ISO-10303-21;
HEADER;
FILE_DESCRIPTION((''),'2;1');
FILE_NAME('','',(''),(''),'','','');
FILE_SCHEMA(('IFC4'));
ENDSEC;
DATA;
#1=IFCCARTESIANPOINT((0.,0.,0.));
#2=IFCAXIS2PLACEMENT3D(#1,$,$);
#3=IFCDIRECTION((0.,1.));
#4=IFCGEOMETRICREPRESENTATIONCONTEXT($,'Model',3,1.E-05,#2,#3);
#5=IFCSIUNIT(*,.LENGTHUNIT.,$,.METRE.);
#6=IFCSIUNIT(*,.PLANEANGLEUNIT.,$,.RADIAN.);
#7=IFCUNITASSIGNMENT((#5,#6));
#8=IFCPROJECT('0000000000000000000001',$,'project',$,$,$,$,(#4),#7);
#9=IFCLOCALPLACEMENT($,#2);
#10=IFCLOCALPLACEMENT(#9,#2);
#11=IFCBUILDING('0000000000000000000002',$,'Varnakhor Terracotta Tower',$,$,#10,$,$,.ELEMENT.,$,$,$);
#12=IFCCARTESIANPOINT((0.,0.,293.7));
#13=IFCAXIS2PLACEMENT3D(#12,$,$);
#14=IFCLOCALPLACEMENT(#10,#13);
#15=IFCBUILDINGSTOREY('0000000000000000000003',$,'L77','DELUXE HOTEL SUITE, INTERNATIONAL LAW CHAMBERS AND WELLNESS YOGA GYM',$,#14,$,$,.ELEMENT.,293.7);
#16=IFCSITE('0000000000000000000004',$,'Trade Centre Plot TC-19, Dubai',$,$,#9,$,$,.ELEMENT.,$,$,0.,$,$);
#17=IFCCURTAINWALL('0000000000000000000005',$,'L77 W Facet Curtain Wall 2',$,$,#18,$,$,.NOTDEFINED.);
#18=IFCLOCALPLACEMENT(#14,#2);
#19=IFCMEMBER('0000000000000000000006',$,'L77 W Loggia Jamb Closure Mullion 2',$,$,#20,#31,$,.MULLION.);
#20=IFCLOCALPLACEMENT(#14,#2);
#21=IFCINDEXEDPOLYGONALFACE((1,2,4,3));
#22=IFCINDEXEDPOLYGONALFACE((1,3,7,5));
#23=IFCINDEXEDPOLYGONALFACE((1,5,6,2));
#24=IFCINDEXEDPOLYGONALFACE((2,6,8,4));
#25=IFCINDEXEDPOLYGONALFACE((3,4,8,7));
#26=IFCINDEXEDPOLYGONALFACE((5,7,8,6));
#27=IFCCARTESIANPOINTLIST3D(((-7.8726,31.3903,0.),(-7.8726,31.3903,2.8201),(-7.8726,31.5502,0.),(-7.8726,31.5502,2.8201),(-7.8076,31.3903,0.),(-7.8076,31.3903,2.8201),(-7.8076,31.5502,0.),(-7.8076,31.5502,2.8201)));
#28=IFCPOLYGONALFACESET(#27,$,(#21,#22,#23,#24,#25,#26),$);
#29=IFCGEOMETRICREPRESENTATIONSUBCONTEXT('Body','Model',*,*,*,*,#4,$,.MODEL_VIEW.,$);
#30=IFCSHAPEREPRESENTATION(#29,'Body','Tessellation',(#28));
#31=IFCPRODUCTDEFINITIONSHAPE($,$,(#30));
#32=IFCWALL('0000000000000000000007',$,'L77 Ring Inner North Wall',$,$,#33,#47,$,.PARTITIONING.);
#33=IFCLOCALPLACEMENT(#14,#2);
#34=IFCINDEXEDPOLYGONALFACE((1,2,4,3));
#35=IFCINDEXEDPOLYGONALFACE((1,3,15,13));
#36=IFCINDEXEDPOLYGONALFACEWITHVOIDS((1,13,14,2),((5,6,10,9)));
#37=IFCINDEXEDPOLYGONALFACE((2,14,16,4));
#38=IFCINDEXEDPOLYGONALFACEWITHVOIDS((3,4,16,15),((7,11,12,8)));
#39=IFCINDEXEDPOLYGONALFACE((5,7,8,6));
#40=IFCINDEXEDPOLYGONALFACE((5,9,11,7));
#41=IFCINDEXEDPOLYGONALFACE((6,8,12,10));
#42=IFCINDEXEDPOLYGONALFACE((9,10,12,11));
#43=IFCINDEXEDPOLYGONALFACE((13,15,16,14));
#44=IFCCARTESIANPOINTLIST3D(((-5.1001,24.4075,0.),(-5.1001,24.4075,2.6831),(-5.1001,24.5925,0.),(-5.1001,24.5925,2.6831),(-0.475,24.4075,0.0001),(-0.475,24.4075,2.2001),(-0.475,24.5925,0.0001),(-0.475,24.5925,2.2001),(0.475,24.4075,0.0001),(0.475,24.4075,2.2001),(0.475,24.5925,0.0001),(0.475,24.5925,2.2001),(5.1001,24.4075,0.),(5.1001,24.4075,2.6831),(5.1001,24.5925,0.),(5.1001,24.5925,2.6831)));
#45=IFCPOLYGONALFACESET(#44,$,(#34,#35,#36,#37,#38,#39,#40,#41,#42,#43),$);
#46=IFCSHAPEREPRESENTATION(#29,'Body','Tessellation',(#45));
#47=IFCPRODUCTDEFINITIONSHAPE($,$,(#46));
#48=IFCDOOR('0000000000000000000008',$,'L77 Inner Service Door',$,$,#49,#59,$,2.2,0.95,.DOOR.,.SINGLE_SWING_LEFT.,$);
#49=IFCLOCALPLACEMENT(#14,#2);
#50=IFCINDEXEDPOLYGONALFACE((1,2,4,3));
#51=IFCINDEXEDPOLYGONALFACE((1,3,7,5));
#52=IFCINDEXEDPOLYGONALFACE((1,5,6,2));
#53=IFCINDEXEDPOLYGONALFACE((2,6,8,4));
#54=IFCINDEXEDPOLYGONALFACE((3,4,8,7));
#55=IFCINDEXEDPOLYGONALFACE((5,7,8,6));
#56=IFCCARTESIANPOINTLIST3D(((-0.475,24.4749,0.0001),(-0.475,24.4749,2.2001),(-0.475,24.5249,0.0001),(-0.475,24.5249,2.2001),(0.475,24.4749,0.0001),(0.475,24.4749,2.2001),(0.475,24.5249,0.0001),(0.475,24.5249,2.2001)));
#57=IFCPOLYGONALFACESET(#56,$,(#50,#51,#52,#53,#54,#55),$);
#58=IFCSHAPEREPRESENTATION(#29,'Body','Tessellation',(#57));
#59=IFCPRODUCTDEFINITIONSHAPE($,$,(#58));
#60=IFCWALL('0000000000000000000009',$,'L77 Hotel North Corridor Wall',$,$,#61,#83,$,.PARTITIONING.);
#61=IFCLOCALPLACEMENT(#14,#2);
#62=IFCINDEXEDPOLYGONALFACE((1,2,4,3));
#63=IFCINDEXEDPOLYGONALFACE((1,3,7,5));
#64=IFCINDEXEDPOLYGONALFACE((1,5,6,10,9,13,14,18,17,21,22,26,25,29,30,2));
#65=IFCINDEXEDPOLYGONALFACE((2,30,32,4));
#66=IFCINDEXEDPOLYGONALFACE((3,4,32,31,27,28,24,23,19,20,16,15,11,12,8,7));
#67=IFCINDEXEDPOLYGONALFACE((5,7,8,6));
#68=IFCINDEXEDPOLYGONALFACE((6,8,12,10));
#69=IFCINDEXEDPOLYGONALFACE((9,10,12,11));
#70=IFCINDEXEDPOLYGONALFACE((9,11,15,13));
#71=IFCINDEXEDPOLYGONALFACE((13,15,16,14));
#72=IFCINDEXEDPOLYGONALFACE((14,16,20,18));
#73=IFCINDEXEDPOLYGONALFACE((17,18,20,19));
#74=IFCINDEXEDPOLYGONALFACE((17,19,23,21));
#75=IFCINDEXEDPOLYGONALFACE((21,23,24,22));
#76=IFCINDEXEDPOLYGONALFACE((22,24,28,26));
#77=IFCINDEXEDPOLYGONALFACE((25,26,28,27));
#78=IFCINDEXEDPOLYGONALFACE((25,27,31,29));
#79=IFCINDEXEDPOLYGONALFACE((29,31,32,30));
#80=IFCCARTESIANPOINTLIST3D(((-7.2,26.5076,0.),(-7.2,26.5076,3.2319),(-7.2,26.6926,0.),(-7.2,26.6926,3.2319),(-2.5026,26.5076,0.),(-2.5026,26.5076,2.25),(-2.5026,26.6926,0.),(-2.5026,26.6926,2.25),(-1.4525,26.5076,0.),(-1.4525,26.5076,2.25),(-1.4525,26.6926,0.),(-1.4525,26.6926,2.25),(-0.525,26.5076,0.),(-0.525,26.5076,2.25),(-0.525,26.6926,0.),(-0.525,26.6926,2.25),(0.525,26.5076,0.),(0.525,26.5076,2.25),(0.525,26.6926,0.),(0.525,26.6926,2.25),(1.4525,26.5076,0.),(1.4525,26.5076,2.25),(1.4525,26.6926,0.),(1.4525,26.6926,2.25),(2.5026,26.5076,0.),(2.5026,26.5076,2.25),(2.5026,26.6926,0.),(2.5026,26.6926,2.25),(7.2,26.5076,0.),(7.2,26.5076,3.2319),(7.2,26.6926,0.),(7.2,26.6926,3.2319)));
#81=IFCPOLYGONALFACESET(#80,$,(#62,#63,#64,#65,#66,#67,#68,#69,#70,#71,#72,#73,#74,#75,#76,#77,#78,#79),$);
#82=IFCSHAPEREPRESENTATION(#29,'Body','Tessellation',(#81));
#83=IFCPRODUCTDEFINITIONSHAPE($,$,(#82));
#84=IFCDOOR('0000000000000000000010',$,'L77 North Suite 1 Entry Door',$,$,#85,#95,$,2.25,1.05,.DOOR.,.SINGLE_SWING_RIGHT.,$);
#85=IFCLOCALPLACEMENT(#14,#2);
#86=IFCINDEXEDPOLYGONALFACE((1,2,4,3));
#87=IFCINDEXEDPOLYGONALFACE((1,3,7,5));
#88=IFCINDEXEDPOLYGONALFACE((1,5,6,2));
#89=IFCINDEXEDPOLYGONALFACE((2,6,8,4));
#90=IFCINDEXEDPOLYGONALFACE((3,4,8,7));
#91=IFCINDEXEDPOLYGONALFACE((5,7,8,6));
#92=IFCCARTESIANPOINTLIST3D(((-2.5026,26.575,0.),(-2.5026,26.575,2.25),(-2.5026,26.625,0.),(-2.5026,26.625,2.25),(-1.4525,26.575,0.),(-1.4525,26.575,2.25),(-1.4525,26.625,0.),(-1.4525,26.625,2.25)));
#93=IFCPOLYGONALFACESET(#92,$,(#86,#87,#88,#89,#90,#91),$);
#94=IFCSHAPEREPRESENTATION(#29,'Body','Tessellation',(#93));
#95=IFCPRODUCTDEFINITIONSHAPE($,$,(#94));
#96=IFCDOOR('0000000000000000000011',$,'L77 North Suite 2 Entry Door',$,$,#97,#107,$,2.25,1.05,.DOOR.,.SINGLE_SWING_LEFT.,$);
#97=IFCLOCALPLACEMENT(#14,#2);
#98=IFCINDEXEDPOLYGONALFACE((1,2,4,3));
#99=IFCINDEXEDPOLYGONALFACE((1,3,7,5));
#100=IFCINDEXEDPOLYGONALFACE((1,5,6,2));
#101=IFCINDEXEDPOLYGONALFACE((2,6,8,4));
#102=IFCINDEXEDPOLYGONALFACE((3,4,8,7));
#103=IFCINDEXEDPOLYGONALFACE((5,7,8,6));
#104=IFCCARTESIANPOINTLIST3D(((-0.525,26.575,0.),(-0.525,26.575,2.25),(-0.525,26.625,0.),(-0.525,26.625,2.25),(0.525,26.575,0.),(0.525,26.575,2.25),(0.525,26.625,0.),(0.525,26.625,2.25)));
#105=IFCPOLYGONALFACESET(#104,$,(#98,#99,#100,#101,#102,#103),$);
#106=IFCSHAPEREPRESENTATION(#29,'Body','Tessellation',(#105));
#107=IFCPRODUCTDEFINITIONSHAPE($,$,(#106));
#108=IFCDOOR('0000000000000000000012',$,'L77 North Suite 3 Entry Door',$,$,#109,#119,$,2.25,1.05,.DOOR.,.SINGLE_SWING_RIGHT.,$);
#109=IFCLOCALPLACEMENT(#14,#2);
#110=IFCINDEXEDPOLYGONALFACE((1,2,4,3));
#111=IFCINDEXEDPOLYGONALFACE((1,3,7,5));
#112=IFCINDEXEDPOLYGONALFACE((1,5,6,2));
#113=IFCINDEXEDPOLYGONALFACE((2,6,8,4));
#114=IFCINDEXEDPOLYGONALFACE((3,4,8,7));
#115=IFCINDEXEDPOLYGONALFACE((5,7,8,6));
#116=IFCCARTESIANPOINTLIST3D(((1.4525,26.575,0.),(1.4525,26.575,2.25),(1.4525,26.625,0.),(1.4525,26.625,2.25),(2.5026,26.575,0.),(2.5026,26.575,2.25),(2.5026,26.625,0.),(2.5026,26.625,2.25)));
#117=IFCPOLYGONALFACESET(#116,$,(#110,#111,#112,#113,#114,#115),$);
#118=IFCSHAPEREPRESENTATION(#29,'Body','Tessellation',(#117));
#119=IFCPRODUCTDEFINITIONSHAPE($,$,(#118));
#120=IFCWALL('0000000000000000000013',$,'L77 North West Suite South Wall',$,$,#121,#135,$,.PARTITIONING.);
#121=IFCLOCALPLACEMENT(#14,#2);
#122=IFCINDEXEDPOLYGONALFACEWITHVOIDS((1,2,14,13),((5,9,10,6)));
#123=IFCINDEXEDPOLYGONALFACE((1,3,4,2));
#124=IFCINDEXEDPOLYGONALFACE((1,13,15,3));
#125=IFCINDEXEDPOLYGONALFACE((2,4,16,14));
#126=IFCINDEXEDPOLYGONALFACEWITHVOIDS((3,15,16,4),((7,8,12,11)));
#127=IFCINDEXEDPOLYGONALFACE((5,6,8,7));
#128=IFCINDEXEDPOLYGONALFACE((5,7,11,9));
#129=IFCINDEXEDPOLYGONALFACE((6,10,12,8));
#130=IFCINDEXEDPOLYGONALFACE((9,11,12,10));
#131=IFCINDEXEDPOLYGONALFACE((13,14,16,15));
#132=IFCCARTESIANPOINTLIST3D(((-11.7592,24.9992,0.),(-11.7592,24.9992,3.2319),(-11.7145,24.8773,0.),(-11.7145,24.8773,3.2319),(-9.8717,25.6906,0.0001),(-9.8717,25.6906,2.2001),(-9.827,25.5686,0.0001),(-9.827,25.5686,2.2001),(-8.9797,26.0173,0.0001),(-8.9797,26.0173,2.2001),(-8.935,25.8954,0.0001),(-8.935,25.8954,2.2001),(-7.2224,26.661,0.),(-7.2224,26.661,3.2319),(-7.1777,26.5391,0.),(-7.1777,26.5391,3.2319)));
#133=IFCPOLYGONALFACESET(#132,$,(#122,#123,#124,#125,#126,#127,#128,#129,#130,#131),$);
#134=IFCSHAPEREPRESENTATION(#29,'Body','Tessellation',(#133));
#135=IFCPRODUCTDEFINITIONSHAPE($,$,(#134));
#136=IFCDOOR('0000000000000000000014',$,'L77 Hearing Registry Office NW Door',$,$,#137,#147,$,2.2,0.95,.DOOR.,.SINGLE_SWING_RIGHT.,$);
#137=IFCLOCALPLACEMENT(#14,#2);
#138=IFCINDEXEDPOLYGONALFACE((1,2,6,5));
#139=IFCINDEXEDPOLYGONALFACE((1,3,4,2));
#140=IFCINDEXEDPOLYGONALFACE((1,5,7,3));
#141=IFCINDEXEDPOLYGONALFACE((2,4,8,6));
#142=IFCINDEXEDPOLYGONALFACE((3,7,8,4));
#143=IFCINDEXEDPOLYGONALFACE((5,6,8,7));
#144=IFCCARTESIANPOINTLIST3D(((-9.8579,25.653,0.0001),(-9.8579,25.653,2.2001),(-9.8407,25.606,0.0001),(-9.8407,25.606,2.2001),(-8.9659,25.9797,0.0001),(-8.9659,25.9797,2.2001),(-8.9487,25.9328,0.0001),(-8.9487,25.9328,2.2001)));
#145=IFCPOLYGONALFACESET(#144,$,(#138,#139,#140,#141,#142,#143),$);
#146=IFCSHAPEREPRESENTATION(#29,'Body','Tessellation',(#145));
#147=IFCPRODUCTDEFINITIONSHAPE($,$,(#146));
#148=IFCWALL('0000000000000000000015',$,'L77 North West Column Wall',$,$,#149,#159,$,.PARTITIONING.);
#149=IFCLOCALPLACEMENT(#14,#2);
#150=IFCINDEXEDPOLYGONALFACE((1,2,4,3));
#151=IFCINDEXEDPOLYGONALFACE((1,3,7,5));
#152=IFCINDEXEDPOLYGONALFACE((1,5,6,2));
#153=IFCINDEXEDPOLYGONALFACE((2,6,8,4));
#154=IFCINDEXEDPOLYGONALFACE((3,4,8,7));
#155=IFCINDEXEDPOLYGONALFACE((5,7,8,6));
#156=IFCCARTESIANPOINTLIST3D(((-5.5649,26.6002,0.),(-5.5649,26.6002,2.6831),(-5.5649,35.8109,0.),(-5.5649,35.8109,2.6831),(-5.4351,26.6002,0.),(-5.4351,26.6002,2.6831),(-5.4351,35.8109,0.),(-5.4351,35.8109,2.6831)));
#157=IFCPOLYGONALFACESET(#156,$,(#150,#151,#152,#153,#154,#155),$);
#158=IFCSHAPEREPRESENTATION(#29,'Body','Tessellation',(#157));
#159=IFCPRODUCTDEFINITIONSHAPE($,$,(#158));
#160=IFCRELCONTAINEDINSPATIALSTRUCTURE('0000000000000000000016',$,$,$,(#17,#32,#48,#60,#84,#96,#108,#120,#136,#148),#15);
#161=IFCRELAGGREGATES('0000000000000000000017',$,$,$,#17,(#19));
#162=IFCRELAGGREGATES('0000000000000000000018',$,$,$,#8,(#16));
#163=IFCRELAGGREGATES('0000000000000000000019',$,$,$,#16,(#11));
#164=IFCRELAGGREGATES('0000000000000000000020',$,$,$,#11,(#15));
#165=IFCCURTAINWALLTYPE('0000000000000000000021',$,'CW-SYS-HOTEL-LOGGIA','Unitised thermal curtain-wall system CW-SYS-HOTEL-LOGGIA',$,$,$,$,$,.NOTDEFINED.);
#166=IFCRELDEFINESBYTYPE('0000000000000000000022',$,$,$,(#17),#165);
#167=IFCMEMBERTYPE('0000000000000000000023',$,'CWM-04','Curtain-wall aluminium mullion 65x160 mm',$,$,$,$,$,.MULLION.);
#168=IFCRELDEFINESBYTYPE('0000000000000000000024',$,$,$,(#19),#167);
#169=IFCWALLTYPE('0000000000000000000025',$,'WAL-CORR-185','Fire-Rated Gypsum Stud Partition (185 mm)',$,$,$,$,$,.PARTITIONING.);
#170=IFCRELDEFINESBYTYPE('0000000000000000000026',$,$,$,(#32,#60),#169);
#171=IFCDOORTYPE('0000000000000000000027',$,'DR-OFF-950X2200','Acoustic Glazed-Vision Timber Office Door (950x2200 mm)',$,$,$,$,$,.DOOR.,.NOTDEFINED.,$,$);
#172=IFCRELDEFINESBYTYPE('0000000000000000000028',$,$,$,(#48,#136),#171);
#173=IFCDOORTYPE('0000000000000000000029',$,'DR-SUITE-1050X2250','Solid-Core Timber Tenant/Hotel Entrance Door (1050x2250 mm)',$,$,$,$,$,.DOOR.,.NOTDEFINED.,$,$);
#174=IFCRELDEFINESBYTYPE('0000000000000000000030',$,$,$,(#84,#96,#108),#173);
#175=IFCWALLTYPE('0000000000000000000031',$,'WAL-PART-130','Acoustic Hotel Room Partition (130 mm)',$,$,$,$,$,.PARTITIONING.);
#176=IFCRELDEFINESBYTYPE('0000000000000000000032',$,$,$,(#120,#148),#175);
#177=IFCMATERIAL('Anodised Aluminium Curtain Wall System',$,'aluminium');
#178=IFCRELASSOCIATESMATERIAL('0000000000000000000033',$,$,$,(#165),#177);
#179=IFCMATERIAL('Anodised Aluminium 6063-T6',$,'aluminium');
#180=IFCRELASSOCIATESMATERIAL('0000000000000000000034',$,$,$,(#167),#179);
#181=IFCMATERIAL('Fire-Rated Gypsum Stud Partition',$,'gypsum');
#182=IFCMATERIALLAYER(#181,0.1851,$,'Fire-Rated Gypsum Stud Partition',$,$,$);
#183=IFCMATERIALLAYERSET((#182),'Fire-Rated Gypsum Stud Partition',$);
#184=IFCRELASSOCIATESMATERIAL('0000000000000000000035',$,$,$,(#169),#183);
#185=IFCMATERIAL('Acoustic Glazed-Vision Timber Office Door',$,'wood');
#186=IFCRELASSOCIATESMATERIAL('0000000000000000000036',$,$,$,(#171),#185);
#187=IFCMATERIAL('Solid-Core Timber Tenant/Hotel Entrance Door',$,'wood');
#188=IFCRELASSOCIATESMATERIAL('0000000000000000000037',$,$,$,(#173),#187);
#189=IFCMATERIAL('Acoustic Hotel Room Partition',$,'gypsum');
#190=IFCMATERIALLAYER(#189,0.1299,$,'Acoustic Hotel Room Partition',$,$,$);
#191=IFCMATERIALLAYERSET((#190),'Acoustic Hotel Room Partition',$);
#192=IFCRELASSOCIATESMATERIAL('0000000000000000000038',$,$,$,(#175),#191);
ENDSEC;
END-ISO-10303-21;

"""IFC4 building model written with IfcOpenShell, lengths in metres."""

from ifc_helpers import new_model, si_unit, direction, frame, frame_2d, origin, origin_2d, place, context, subcontext, project, spatial, rectangle, extrude, source, transform, mapped, material, layer, layer_set, material_profile, profile_set, type_object, type_shapes, element, fill, aggregate, save


model = new_model("IFC4")

# Units and contexts
model_context = context("Model", 3, precision=1e-05, world=origin(), true_north=direction((0.0, 1.0)))
body_context = subcontext(model_context, "Body", "Model", "MODEL_VIEW")
ifc_project = project(units=[si_unit("LENGTHUNIT", "METRE"), si_unit("PLANEANGLEUNIT", "RADIAN")], contexts=[model_context])

# Site, building, storey
site_placement = place(None, origin())
site = spatial("IfcSite", under=ifc_project, at=site_placement, Name="Trade Centre Plot TC-19, Dubai", CompositionType="ELEMENT", RefElevation=0.0)
building_placement = place(site_placement, origin())
building = spatial("IfcBuilding", under=site, at=building_placement, Name="Varnakhor Terracotta Tower", CompositionType="ELEMENT")
storey_placement = place(building_placement, frame((0.0, 0.0, 293.7)))
storey = spatial("IfcBuildingStorey", under=building, at=storey_placement, Name="L77", Description="DELUXE HOTEL SUITE, INTERNATIONAL LAW CHAMBERS AND WELLNESS YOGA GYM", CompositionType="ELEMENT", Elevation=293.7)

# Curtain wall, member
ifc_material_1 = material(Name="Anodised Aluminium Curtain Wall System", Category="aluminium")
curtain_wall_type = type_object("IfcCurtainWallType", Name="CW-SYS-HOTEL-LOGGIA", Description="Unitised thermal curtain-wall system CW-SYS-HOTEL-LOGGIA", PredefinedType="NOTDEFINED", material=ifc_material_1)
curtain_wall_placement = place(storey_placement, origin())
curtain_wall = element("IfcCurtainWall", 1, at=curtain_wall_placement, inside=storey, type_object=curtain_wall_type, Name="L77 W Facet Curtain Wall 2", PredefinedType="NOTDEFINED")
ifc_material_2 = material(Name="Anodised Aluminium 6063-T6", Category="aluminium")
ifc_material_profile_1 = material_profile(ifc_material_2, rectangle(XDim=0.0649, YDim=0.1599, at=origin_2d()), Name="ALU MULLION 65x160")
ifc_profile_set_1 = profile_set([ifc_material_profile_1], Name="Anodised Aluminium 6063-T6")
member_type = type_object("IfcMemberType", Name="CWM-04", Description="Curtain-wall aluminium mullion 65x160 mm", PredefinedType="MULLION", material=ifc_profile_set_1)
shared_shape_1 = source(origin(), body_context, "Body", "SweptSolid", [
    extrude(rectangle(XDim=0.0649, YDim=0.1599, at=origin_2d()), origin(), (0.0, 0.0, 1.0), 2.8201),
])
type_shapes(member_type, [shared_shape_1])
member_placement = place(storey_placement, frame((-7.8401, 31.4702, 0.0), z_axis=(0.0, 0.0, 1.0), x_axis=(1.0, 0.0, 0.0)))
member = element("IfcMember", 2, at=member_placement, type_object=member_type, Name="L77 W Loggia Jamb Closure Mullion 2", PredefinedType="MULLION", context=body_context, shape_type="MappedRepresentation", body=[
    mapped(shared_shape_1, transform((0.0, 0.0, 0.0), scale=1.0)),
])
aggregate(curtain_wall, [member])

# Wall, opening, door
ifc_material_3 = material(Name="Fire-Rated Gypsum Stud Partition", Category="gypsum")
ifc_layer_1 = layer(ifc_material_3, 0.1851, Name="Fire-Rated Gypsum Stud Partition")
ifc_layer_set_1 = layer_set([ifc_layer_1], Name="Fire-Rated Gypsum Stud Partition")
wall_type_1 = type_object("IfcWallType", Name="WAL-CORR-185", Description="Fire-Rated Gypsum Stud Partition (185 mm)", PredefinedType="PARTITIONING", material=ifc_layer_set_1)
wall_1_placement = place(storey_placement, frame((-5.1001, 24.5, 0.0), z_axis=(0.0, 0.0, 1.0), x_axis=(1.0, 0.0, 0.0)))
wall_1 = element("IfcWall", 3, at=wall_1_placement, inside=storey, type_object=wall_type_1, Name="L77 Ring Inner North Wall", PredefinedType="PARTITIONING", context=body_context, shape_type="SweptSolid", body=[
    extrude(rectangle(XDim=10.2002, YDim=0.1851, at=frame_2d((5.1001, 0.0))), origin(), (0.0, 0.0, 1.0), 2.6831),
])
opening_1_placement = place(wall_1_placement, frame((4.625, 0.0, 0.0)))
opening_1 = element("IfcOpeningElement", 4, at=opening_1_placement, cuts=wall_1, PredefinedType="OPENING", context=body_context, shape_type="SweptSolid", body=[
    extrude(rectangle(XDim=0.95, YDim=2.2, at=frame_2d((0.4751, 1.1001))), frame((0.0, 0.1025, 0.0), z_axis=(0.0, -1.0, 0.0), x_axis=(1.0, 0.0, 0.0)), (0.0, 0.0, 1.0), 0.2051),
])
ifc_material_4 = material(Name="Acoustic Glazed-Vision Timber Office Door", Category="wood")
door_type_1 = type_object("IfcDoorType", Name="DR-OFF-950X2200", Description="Acoustic Glazed-Vision Timber Office Door (950x2200 mm)", OperationType="NOTDEFINED", PredefinedType="DOOR", material=ifc_material_4)
shared_shape_2 = source(origin(), body_context, "Body", "SweptSolid", [
    extrude(rectangle(XDim=0.95, YDim=2.2, at=frame_2d((0.4751, 1.1001))), frame((0.0, 0.0249, 0.0), z_axis=(0.0, -1.0, 0.0), x_axis=(1.0, 0.0, 0.0)), (0.0, 0.0, 1.0), 0.05),
])
type_shapes(door_type_1, [shared_shape_2])
door_1_placement = place(opening_1_placement, origin())
door_1 = element("IfcDoor", 5, at=door_1_placement, inside=storey, type_object=door_type_1, Name="L77 Inner Service Door", OperationType="SINGLE_SWING_LEFT", OverallHeight=2.2, OverallWidth=0.95, PredefinedType="DOOR", context=body_context, shape_type="MappedRepresentation", body=[
    mapped(shared_shape_2, transform((0.0, 0.0, 0.0), scale=1.0)),
])
fill(opening_1, door_1)

# Wall, openings, doors
wall_2_placement = place(storey_placement, frame((-7.2, 26.6001, 0.0), z_axis=(0.0, 0.0, 1.0), x_axis=(1.0, 0.0, 0.0)))
wall_2 = element("IfcWall", 6, at=wall_2_placement, inside=storey, type_object=wall_type_1, Name="L77 Hotel North Corridor Wall", PredefinedType="PARTITIONING", context=body_context, shape_type="SweptSolid", body=[
    extrude(rectangle(XDim=14.3999, YDim=0.1851, at=frame_2d((7.2, 0.0))), origin(), (0.0, 0.0, 1.0), 3.2319),
])
opening_2_placement = place(wall_2_placement, frame((4.6975, 0.0, 0.0)))
opening_2 = element("IfcOpeningElement", 7, at=opening_2_placement, cuts=wall_2, PredefinedType="OPENING", context=body_context, shape_type="SweptSolid", body=[
    extrude(rectangle(XDim=1.05, YDim=2.25, at=frame_2d((0.5249, 1.125))), frame((0.0, 0.1025, 0.0), z_axis=(0.0, -1.0, 0.0), x_axis=(1.0, 0.0, 0.0)), (0.0, 0.0, 1.0), 0.2051),
])
opening_3_placement = place(wall_2_placement, frame((6.675, 0.0, 0.0)))
opening_3 = element("IfcOpeningElement", 8, at=opening_3_placement, cuts=wall_2, PredefinedType="OPENING", context=body_context, shape_type="SweptSolid", body=[
    extrude(rectangle(XDim=1.05, YDim=2.25, at=frame_2d((0.5249, 1.125))), frame((0.0, 0.1025, 0.0), z_axis=(0.0, -1.0, 0.0), x_axis=(1.0, 0.0, 0.0)), (0.0, 0.0, 1.0), 0.2051),
])
opening_4_placement = place(wall_2_placement, frame((8.6526, 0.0, 0.0)))
opening_4 = element("IfcOpeningElement", 9, at=opening_4_placement, cuts=wall_2, PredefinedType="OPENING", context=body_context, shape_type="SweptSolid", body=[
    extrude(rectangle(XDim=1.05, YDim=2.25, at=frame_2d((0.5249, 1.125))), frame((0.0, 0.1025, 0.0), z_axis=(0.0, -1.0, 0.0), x_axis=(1.0, 0.0, 0.0)), (0.0, 0.0, 1.0), 0.2051),
])
ifc_material_5 = material(Name="Solid-Core Timber Tenant/Hotel Entrance Door", Category="wood")
door_type_2 = type_object("IfcDoorType", Name="DR-SUITE-1050X2250", Description="Solid-Core Timber Tenant/Hotel Entrance Door (1050x2250 mm)", OperationType="NOTDEFINED", PredefinedType="DOOR", material=ifc_material_5)
shared_shape_3 = source(origin(), body_context, "Body", "SweptSolid", [
    extrude(rectangle(XDim=1.05, YDim=2.25, at=frame_2d((0.5249, 1.125))), frame((0.0, 0.0249, 0.0), z_axis=(0.0, -1.0, 0.0), x_axis=(1.0, 0.0, 0.0)), (0.0, 0.0, 1.0), 0.05),
])
type_shapes(door_type_2, [shared_shape_3])
door_2_placement = place(opening_2_placement, origin())
door_2 = element("IfcDoor", 10, at=door_2_placement, inside=storey, type_object=door_type_2, Name="L77 North Suite 1 Entry Door", OperationType="SINGLE_SWING_RIGHT", OverallHeight=2.25, OverallWidth=1.05, PredefinedType="DOOR", context=body_context, shape_type="MappedRepresentation", body=[
    mapped(shared_shape_3, transform((0.0, 0.0, 0.0), scale=1.0)),
])
fill(opening_2, door_2)
door_3_placement = place(opening_3_placement, origin())
door_3 = element("IfcDoor", 11, at=door_3_placement, inside=storey, type_object=door_type_2, Name="L77 North Suite 2 Entry Door", OperationType="SINGLE_SWING_LEFT", OverallHeight=2.25, OverallWidth=1.05, PredefinedType="DOOR", context=body_context, shape_type="MappedRepresentation", body=[
    mapped(shared_shape_3, transform((0.0, 0.0, 0.0), scale=1.0)),
])
fill(opening_3, door_3)
door_4_placement = place(opening_4_placement, origin())
door_4 = element("IfcDoor", 12, at=door_4_placement, inside=storey, type_object=door_type_2, Name="L77 North Suite 3 Entry Door", OperationType="SINGLE_SWING_RIGHT", OverallHeight=2.25, OverallWidth=1.05, PredefinedType="DOOR", context=body_context, shape_type="MappedRepresentation", body=[
    mapped(shared_shape_3, transform((0.0, 0.0, 0.0), scale=1.0)),
])
fill(opening_4, door_4)

# Wall, opening, door
ifc_material_6 = material(Name="Acoustic Hotel Room Partition", Category="gypsum")
ifc_layer_2 = layer(ifc_material_6, 0.1299, Name="Acoustic Hotel Room Partition")
ifc_layer_set_2 = layer_set([ifc_layer_2], Name="Acoustic Hotel Room Partition")
wall_type_2 = type_object("IfcWallType", Name="WAL-PART-130", Description="Acoustic Hotel Room Partition (130 mm)", PredefinedType="PARTITIONING", material=ifc_layer_set_2)
wall_3_placement = place(storey_placement, frame((-11.7368, 24.9382, 0.0), z_axis=(0.0, 0.0, 1.0), x_axis=(0.938987, 0.343953, 0.0)))
wall_3 = element("IfcWall", 13, at=wall_3_placement, inside=storey, type_object=wall_type_2, Name="L77 North West Suite South Wall", PredefinedType="PARTITIONING", context=body_context, shape_type="SweptSolid", body=[
    extrude(rectangle(XDim=4.8315, YDim=0.1299, at=frame_2d((2.4158, 0.0))), origin(), (0.0, 0.0, 1.0), 3.2319),
])
opening_5_placement = place(wall_3_placement, frame((2.01, 0.0, 0.0)))
opening_5 = element("IfcOpeningElement", 14, at=opening_5_placement, cuts=wall_3, PredefinedType="OPENING", context=body_context, shape_type="SweptSolid", body=[
    extrude(rectangle(XDim=0.95, YDim=2.2, at=frame_2d((0.4751, 1.1001))), frame((0.0, 0.075, 0.0), z_axis=(0.0, -1.0, 0.0), x_axis=(1.0, 0.0, 0.0)), (0.0, 0.0, 1.0), 0.1499),
])
door_5_placement = place(opening_5_placement, origin())
door_5 = element("IfcDoor", 15, at=door_5_placement, inside=storey, type_object=door_type_1, Name="L77 Hearing Registry Office NW Door", OperationType="SINGLE_SWING_RIGHT", OverallHeight=2.2, OverallWidth=0.95, PredefinedType="DOOR", context=body_context, shape_type="MappedRepresentation", body=[
    mapped(shared_shape_2, transform((0.0, 0.0, 0.0), scale=1.0)),
])
fill(opening_5, door_5)

# Wall
wall_4_placement = place(storey_placement, frame((-5.5, 26.6001, 0.0), z_axis=(0.0, 0.0, 1.0), x_axis=(0.0, 1.0, 0.0)))
element("IfcWall", 16, at=wall_4_placement, inside=storey, type_object=wall_type_2, Name="L77 North West Column Wall", PredefinedType="PARTITIONING", context=body_context, shape_type="SweptSolid", body=[
    extrude(rectangle(XDim=9.2107, YDim=0.1299, at=frame_2d((4.6055, 0.0))), origin(), (0.0, 0.0, 1.0), 2.6831),
])

save(model, "model.ifc")
